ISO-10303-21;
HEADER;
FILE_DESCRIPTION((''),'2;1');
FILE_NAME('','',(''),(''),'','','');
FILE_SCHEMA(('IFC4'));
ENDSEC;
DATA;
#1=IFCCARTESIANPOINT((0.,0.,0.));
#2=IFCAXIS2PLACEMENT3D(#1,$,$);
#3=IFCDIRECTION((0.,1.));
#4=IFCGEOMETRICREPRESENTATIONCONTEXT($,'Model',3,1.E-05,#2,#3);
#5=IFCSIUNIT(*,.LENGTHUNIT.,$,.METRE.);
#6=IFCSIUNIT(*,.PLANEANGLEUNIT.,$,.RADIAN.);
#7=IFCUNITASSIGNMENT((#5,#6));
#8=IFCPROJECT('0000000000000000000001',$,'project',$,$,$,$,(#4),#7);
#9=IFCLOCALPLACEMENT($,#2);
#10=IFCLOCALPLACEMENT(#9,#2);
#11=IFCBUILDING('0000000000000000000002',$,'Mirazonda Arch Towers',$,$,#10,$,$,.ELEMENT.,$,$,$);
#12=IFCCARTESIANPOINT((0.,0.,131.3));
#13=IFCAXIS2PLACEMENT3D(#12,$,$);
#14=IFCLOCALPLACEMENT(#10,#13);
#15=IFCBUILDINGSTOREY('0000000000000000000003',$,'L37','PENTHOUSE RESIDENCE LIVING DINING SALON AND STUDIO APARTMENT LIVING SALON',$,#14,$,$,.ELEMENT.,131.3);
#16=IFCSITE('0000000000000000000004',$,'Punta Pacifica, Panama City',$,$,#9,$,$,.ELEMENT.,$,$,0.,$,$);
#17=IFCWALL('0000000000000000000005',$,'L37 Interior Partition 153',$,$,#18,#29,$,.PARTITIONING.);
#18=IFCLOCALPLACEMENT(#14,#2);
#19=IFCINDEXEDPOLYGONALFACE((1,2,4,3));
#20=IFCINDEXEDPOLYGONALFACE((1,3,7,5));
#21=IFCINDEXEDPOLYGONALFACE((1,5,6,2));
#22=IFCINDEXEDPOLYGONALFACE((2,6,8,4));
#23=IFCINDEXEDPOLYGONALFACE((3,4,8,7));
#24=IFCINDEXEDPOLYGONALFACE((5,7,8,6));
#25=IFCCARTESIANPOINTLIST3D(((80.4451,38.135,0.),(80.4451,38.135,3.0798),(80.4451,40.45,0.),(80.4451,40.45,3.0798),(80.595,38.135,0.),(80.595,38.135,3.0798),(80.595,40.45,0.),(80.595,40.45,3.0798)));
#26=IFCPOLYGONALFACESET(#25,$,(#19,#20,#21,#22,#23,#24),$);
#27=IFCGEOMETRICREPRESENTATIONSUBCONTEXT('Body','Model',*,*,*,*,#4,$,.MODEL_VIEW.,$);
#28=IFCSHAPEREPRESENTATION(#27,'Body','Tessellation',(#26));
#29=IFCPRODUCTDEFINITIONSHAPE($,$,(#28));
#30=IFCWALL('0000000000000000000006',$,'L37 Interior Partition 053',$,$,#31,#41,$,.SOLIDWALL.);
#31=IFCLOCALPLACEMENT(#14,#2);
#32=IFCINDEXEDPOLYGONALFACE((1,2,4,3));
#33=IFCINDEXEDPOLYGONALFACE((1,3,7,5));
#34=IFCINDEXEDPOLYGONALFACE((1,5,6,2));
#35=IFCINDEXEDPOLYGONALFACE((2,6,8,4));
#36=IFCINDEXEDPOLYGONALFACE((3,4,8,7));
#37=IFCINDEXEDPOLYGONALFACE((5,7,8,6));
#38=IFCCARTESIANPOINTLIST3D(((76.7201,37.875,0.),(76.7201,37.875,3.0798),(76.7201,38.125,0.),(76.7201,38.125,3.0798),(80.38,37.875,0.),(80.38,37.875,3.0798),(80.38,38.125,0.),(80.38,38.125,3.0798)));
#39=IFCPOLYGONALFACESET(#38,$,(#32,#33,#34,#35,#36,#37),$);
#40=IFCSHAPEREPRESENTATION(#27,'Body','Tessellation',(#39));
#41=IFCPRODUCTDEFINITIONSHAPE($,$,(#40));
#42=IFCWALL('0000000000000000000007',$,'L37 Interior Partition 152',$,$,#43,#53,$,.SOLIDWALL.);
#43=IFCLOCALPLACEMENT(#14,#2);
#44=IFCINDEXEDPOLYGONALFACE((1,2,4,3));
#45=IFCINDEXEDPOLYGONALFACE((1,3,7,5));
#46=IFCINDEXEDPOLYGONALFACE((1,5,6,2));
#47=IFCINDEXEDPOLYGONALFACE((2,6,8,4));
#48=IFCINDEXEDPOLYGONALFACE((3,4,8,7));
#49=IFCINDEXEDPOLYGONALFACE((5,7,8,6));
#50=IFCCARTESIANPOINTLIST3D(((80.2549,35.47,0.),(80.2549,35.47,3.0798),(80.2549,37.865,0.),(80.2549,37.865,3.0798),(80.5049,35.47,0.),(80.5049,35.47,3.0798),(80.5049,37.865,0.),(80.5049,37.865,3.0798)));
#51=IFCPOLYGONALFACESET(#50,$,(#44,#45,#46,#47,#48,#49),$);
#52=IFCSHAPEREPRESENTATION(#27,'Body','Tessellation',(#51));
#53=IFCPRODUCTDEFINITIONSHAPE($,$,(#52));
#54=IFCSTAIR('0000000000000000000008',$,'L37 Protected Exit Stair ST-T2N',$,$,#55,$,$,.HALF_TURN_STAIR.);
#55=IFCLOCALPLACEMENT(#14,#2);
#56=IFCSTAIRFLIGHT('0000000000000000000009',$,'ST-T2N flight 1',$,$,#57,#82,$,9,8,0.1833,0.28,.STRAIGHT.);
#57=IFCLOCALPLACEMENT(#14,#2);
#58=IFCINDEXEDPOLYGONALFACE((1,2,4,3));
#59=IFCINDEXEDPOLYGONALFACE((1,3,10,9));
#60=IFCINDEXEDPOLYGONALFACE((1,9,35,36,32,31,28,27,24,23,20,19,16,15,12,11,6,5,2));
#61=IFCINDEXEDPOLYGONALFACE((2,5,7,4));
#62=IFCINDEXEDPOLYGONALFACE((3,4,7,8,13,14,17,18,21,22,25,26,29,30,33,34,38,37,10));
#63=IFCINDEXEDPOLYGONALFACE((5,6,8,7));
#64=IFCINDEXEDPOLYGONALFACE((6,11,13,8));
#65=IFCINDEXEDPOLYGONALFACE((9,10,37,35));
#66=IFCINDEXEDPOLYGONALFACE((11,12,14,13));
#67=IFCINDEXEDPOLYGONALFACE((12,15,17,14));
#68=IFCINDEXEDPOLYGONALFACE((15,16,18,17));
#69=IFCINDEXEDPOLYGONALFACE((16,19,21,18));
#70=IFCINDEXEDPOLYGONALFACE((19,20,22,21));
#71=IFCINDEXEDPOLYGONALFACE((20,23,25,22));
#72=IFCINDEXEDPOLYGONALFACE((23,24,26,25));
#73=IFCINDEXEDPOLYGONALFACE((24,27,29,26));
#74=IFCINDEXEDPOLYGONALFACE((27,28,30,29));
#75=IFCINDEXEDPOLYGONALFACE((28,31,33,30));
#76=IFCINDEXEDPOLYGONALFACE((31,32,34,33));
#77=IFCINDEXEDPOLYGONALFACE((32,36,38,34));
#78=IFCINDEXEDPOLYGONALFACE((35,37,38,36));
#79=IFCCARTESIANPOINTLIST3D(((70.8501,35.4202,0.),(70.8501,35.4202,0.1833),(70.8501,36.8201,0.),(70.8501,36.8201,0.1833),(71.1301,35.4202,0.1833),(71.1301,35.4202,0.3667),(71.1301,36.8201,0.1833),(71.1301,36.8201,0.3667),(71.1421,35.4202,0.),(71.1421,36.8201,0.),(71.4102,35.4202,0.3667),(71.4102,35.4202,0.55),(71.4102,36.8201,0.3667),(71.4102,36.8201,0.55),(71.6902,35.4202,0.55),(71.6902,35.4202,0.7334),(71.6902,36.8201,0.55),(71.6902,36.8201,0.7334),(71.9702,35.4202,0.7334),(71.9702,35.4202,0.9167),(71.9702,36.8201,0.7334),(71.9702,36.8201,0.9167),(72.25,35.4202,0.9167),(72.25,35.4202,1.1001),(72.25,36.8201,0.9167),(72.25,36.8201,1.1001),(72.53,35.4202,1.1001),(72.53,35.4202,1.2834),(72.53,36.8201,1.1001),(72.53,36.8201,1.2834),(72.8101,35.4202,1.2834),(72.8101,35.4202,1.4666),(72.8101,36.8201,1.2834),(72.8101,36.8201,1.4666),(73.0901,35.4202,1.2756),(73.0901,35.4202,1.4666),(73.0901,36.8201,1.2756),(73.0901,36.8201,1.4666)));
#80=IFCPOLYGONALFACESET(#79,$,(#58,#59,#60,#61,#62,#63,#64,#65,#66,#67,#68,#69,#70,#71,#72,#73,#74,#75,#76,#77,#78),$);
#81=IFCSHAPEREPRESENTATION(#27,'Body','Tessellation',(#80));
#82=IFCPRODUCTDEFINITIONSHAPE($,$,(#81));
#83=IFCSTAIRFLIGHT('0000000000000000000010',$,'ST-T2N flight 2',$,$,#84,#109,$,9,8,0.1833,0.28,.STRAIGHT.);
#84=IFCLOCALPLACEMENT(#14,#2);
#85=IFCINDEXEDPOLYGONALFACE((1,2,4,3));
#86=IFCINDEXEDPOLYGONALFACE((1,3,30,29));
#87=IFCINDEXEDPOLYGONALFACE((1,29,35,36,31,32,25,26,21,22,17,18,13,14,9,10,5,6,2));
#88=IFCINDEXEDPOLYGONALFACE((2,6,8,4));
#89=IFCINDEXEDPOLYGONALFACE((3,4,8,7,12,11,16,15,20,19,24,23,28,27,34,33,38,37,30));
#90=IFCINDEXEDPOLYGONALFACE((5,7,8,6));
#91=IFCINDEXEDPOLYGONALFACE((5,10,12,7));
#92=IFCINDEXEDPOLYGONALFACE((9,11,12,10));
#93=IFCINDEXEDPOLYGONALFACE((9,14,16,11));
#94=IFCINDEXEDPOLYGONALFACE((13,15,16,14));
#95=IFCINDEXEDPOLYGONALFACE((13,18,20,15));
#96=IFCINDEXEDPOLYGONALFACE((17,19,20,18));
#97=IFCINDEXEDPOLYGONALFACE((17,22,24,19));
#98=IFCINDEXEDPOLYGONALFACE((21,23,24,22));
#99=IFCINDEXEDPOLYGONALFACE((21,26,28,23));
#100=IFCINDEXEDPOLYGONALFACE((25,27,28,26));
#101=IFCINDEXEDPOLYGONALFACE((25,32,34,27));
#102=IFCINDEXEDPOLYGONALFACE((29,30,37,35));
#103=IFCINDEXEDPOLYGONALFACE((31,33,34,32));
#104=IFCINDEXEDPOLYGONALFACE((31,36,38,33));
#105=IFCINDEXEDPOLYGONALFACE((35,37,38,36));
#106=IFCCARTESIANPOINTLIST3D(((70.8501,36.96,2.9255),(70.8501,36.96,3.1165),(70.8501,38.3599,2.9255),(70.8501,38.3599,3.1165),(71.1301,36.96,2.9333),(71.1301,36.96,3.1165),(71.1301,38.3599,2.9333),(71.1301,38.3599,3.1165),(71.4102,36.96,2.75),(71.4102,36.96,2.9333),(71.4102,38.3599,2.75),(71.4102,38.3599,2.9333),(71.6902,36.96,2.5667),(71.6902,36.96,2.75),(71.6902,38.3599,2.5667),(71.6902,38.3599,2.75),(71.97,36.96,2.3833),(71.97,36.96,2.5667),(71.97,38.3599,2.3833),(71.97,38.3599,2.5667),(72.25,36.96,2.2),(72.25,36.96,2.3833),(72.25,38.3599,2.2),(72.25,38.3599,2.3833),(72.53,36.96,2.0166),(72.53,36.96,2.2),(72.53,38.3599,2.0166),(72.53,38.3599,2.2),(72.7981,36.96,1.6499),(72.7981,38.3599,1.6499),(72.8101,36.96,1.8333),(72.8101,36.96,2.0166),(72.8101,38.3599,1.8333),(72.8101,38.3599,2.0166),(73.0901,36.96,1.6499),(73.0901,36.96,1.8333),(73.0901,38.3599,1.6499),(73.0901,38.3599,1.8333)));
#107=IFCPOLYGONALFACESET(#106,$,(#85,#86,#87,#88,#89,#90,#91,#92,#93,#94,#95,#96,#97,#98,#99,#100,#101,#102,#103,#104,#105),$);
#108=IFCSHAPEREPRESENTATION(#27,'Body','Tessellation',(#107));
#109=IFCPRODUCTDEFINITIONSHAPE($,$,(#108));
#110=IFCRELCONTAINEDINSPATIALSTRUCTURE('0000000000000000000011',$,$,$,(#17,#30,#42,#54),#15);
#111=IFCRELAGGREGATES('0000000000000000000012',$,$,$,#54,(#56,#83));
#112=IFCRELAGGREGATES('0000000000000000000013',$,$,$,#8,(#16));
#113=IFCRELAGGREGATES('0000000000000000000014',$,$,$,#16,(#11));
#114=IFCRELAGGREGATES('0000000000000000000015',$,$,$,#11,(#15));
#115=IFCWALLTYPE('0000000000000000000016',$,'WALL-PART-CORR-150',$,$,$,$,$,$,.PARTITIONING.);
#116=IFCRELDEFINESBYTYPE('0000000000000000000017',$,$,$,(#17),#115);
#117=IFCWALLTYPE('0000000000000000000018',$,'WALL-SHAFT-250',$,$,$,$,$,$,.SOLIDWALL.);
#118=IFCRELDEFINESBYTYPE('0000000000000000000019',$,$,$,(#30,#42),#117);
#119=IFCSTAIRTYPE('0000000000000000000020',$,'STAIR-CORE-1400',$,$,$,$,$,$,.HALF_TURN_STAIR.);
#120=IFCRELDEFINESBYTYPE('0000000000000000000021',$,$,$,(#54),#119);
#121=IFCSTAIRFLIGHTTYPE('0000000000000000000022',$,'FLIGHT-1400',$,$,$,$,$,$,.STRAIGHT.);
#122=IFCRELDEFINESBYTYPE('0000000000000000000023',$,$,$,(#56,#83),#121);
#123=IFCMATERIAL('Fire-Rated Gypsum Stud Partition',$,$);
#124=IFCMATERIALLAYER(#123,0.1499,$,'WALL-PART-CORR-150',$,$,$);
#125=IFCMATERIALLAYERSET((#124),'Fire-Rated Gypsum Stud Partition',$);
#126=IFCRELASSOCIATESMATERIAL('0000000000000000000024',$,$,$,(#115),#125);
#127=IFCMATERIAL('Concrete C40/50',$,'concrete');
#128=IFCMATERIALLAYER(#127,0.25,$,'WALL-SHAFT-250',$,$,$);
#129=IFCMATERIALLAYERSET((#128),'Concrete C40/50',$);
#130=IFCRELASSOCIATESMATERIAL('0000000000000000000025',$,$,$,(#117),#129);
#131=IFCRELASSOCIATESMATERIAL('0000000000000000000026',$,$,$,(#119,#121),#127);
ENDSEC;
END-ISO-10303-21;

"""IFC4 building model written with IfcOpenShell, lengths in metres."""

from ifc_helpers import new_model, si_unit, direction, frame, frame_2d, origin, place, context, subcontext, project, spatial, polyline, rectangle, outline, extrude, material, layer, layer_set, type_object, element, aggregate, save


model = new_model("IFC4")

# Units and contexts
model_context = context("Model", 3, precision=1e-05, world=origin(), true_north=direction((0.0, 1.0)))
body_context = subcontext(model_context, "Body", "Model", "MODEL_VIEW")
ifc_project = project(units=[si_unit("LENGTHUNIT", "METRE"), si_unit("PLANEANGLEUNIT", "RADIAN")], contexts=[model_context])

# Site, building, storey
site_placement = place(None, origin())
site = spatial("IfcSite", under=ifc_project, at=site_placement, Name="Punta Pacifica, Panama City", CompositionType="ELEMENT", RefElevation=0.0)
building_placement = place(site_placement, origin())
building = spatial("IfcBuilding", under=site, at=building_placement, Name="Mirazonda Arch Towers", CompositionType="ELEMENT")
storey_placement = place(building_placement, frame((0.0, 0.0, 131.3)))
storey = spatial("IfcBuildingStorey", under=building, at=storey_placement, Name="L37", Description="PENTHOUSE RESIDENCE LIVING DINING SALON AND STUDIO APARTMENT LIVING SALON", CompositionType="ELEMENT", Elevation=131.3)

# Shared definitions
ifc_material_1 = material(Name="Concrete C40/50", Category="concrete")

# Walls
ifc_material_2 = material(Name="Fire-Rated Gypsum Stud Partition")
ifc_layer_1 = layer(ifc_material_2, 0.1499, Name="WALL-PART-CORR-150")
ifc_layer_set_1 = layer_set([ifc_layer_1], Name="Fire-Rated Gypsum Stud Partition")
wall_type_1 = type_object("IfcWallType", Name="WALL-PART-CORR-150", PredefinedType="PARTITIONING", material=ifc_layer_set_1)
wall_1_placement = place(storey_placement, frame((80.52, 38.135, 0.0), z_axis=(0.0, 0.0, 1.0), x_axis=(0.0, 1.0, 0.0)))
element("IfcWall", 1, at=wall_1_placement, inside=storey, type_object=wall_type_1, Name="L37 Interior Partition 153", PredefinedType="PARTITIONING", context=body_context, shape_type="SweptSolid", body=[
    extrude(rectangle(XDim=2.3149, YDim=0.1499, at=frame_2d((1.1575, 0.0))), origin(), (0.0, 0.0, 1.0), 3.0798),
])
ifc_layer_2 = layer(ifc_material_1, 0.25, Name="WALL-SHAFT-250")
ifc_layer_set_2 = layer_set([ifc_layer_2], Name="Concrete C40/50")
wall_type_2 = type_object("IfcWallType", Name="WALL-SHAFT-250", PredefinedType="SOLIDWALL", material=ifc_layer_set_2)
wall_2_placement = place(storey_placement, frame((76.72, 38.0, 0.0), z_axis=(0.0, 0.0, 1.0), x_axis=(1.0, 0.0, 0.0)))
element("IfcWall", 2, at=wall_2_placement, inside=storey, type_object=wall_type_2, Name="L37 Interior Partition 053", PredefinedType="SOLIDWALL", context=body_context, shape_type="SweptSolid", body=[
    extrude(rectangle(XDim=3.6599, YDim=0.25, at=frame_2d((1.8301, 0.0))), origin(), (0.0, 0.0, 1.0), 3.0798),
])
wall_3_placement = place(storey_placement, frame((80.3799, 35.47, 0.0), z_axis=(0.0, 0.0, 1.0), x_axis=(0.0, 1.0, 0.0)))
element("IfcWall", 3, at=wall_3_placement, inside=storey, type_object=wall_type_2, Name="L37 Interior Partition 152", PredefinedType="SOLIDWALL", context=body_context, shape_type="SweptSolid", body=[
    extrude(rectangle(XDim=2.395, YDim=0.25, at=frame_2d((1.1975, 0.0))), origin(), (0.0, 0.0, 1.0), 3.0798),
])

# Stair, stair flights
stair_type = type_object("IfcStairType", Name="STAIR-CORE-1400", PredefinedType="HALF_TURN_STAIR", material=ifc_material_1)
stair_placement = place(storey_placement, origin())
stair = element("IfcStair", 4, at=stair_placement, inside=storey, type_object=stair_type, Name="L37 Protected Exit Stair ST-T2N", PredefinedType="HALF_TURN_STAIR")
stair_flight_type = type_object("IfcStairFlightType", Name="FLIGHT-1400", PredefinedType="STRAIGHT", material=ifc_material_1)
stair_flight_1_placement = place(storey_placement, frame((70.8501, 36.1201, 0.0), z_axis=(0.0, 0.0, 1.0), x_axis=(1.0, 0.0, 0.0)))
stair_flight_1 = element("IfcStairFlight", 5, at=stair_flight_1_placement, type_object=stair_flight_type, Name="ST-T2N flight 1", NumberOfRisers=9, NumberOfTreads=8, PredefinedType="STRAIGHT", RiserHeight=0.1833, TreadLength=0.28, context=body_context, shape_type="SweptSolid", body=[
    extrude(outline(polyline([(0.0, 0.0), (0.0, 0.1833), (0.28, 0.1833), (0.28, 0.3667), (0.5601, 0.3667), (0.5601, 0.55), (0.8401, 0.55), (0.8401, 0.7334), (1.1201, 0.7334), (1.1201, 0.9167), (1.3999, 0.9167), (1.3999, 1.1001), (1.6799, 1.1001), (1.6799, 1.2834), (1.96, 1.2834), (1.96, 1.4666), (2.24, 1.4666), (2.24, 1.6499), (2.24, 1.2756), (0.292, 0.0), (0.0, 0.0)])), frame((0.0, 0.7, 0.0), z_axis=(0.0, -1.0, 0.0), x_axis=(1.0, 0.0, 0.0)), (0.0, 0.0, 1.0), 1.3999),
])
stair_flight_2_placement = place(storey_placement, frame((73.0901, 37.6599, 1.6499), z_axis=(0.0, 0.0, 1.0), x_axis=(-1.0, 0.0, 0.0)))
stair_flight_2 = element("IfcStairFlight", 6, at=stair_flight_2_placement, type_object=stair_flight_type, Name="ST-T2N flight 2", NumberOfRisers=9, NumberOfTreads=8, PredefinedType="STRAIGHT", RiserHeight=0.1833, TreadLength=0.28, context=body_context, shape_type="SweptSolid", body=[
    extrude(outline(polyline([(0.0, 0.0), (0.0, 0.1833), (0.28, 0.1833), (0.28, 0.3667), (0.5601, 0.3667), (0.5601, 0.55), (0.8401, 0.55), (0.8401, 0.7334), (1.1201, 0.7334), (1.1201, 0.9167), (1.3999, 0.9167), (1.3999, 1.1001), (1.6799, 1.1001), (1.6799, 1.2834), (1.96, 1.2834), (1.96, 1.4666), (2.24, 1.4666), (2.24, 1.6499), (2.24, 1.2756), (0.292, 0.0), (0.0, 0.0)])), frame((0.0, 0.7, 0.0), z_axis=(0.0, -1.0, 0.0), x_axis=(1.0, 0.0, 0.0)), (0.0, 0.0, 1.0), 1.3999),
])
aggregate(stair, [stair_flight_1, stair_flight_2])

save(model, "model.ifc")
